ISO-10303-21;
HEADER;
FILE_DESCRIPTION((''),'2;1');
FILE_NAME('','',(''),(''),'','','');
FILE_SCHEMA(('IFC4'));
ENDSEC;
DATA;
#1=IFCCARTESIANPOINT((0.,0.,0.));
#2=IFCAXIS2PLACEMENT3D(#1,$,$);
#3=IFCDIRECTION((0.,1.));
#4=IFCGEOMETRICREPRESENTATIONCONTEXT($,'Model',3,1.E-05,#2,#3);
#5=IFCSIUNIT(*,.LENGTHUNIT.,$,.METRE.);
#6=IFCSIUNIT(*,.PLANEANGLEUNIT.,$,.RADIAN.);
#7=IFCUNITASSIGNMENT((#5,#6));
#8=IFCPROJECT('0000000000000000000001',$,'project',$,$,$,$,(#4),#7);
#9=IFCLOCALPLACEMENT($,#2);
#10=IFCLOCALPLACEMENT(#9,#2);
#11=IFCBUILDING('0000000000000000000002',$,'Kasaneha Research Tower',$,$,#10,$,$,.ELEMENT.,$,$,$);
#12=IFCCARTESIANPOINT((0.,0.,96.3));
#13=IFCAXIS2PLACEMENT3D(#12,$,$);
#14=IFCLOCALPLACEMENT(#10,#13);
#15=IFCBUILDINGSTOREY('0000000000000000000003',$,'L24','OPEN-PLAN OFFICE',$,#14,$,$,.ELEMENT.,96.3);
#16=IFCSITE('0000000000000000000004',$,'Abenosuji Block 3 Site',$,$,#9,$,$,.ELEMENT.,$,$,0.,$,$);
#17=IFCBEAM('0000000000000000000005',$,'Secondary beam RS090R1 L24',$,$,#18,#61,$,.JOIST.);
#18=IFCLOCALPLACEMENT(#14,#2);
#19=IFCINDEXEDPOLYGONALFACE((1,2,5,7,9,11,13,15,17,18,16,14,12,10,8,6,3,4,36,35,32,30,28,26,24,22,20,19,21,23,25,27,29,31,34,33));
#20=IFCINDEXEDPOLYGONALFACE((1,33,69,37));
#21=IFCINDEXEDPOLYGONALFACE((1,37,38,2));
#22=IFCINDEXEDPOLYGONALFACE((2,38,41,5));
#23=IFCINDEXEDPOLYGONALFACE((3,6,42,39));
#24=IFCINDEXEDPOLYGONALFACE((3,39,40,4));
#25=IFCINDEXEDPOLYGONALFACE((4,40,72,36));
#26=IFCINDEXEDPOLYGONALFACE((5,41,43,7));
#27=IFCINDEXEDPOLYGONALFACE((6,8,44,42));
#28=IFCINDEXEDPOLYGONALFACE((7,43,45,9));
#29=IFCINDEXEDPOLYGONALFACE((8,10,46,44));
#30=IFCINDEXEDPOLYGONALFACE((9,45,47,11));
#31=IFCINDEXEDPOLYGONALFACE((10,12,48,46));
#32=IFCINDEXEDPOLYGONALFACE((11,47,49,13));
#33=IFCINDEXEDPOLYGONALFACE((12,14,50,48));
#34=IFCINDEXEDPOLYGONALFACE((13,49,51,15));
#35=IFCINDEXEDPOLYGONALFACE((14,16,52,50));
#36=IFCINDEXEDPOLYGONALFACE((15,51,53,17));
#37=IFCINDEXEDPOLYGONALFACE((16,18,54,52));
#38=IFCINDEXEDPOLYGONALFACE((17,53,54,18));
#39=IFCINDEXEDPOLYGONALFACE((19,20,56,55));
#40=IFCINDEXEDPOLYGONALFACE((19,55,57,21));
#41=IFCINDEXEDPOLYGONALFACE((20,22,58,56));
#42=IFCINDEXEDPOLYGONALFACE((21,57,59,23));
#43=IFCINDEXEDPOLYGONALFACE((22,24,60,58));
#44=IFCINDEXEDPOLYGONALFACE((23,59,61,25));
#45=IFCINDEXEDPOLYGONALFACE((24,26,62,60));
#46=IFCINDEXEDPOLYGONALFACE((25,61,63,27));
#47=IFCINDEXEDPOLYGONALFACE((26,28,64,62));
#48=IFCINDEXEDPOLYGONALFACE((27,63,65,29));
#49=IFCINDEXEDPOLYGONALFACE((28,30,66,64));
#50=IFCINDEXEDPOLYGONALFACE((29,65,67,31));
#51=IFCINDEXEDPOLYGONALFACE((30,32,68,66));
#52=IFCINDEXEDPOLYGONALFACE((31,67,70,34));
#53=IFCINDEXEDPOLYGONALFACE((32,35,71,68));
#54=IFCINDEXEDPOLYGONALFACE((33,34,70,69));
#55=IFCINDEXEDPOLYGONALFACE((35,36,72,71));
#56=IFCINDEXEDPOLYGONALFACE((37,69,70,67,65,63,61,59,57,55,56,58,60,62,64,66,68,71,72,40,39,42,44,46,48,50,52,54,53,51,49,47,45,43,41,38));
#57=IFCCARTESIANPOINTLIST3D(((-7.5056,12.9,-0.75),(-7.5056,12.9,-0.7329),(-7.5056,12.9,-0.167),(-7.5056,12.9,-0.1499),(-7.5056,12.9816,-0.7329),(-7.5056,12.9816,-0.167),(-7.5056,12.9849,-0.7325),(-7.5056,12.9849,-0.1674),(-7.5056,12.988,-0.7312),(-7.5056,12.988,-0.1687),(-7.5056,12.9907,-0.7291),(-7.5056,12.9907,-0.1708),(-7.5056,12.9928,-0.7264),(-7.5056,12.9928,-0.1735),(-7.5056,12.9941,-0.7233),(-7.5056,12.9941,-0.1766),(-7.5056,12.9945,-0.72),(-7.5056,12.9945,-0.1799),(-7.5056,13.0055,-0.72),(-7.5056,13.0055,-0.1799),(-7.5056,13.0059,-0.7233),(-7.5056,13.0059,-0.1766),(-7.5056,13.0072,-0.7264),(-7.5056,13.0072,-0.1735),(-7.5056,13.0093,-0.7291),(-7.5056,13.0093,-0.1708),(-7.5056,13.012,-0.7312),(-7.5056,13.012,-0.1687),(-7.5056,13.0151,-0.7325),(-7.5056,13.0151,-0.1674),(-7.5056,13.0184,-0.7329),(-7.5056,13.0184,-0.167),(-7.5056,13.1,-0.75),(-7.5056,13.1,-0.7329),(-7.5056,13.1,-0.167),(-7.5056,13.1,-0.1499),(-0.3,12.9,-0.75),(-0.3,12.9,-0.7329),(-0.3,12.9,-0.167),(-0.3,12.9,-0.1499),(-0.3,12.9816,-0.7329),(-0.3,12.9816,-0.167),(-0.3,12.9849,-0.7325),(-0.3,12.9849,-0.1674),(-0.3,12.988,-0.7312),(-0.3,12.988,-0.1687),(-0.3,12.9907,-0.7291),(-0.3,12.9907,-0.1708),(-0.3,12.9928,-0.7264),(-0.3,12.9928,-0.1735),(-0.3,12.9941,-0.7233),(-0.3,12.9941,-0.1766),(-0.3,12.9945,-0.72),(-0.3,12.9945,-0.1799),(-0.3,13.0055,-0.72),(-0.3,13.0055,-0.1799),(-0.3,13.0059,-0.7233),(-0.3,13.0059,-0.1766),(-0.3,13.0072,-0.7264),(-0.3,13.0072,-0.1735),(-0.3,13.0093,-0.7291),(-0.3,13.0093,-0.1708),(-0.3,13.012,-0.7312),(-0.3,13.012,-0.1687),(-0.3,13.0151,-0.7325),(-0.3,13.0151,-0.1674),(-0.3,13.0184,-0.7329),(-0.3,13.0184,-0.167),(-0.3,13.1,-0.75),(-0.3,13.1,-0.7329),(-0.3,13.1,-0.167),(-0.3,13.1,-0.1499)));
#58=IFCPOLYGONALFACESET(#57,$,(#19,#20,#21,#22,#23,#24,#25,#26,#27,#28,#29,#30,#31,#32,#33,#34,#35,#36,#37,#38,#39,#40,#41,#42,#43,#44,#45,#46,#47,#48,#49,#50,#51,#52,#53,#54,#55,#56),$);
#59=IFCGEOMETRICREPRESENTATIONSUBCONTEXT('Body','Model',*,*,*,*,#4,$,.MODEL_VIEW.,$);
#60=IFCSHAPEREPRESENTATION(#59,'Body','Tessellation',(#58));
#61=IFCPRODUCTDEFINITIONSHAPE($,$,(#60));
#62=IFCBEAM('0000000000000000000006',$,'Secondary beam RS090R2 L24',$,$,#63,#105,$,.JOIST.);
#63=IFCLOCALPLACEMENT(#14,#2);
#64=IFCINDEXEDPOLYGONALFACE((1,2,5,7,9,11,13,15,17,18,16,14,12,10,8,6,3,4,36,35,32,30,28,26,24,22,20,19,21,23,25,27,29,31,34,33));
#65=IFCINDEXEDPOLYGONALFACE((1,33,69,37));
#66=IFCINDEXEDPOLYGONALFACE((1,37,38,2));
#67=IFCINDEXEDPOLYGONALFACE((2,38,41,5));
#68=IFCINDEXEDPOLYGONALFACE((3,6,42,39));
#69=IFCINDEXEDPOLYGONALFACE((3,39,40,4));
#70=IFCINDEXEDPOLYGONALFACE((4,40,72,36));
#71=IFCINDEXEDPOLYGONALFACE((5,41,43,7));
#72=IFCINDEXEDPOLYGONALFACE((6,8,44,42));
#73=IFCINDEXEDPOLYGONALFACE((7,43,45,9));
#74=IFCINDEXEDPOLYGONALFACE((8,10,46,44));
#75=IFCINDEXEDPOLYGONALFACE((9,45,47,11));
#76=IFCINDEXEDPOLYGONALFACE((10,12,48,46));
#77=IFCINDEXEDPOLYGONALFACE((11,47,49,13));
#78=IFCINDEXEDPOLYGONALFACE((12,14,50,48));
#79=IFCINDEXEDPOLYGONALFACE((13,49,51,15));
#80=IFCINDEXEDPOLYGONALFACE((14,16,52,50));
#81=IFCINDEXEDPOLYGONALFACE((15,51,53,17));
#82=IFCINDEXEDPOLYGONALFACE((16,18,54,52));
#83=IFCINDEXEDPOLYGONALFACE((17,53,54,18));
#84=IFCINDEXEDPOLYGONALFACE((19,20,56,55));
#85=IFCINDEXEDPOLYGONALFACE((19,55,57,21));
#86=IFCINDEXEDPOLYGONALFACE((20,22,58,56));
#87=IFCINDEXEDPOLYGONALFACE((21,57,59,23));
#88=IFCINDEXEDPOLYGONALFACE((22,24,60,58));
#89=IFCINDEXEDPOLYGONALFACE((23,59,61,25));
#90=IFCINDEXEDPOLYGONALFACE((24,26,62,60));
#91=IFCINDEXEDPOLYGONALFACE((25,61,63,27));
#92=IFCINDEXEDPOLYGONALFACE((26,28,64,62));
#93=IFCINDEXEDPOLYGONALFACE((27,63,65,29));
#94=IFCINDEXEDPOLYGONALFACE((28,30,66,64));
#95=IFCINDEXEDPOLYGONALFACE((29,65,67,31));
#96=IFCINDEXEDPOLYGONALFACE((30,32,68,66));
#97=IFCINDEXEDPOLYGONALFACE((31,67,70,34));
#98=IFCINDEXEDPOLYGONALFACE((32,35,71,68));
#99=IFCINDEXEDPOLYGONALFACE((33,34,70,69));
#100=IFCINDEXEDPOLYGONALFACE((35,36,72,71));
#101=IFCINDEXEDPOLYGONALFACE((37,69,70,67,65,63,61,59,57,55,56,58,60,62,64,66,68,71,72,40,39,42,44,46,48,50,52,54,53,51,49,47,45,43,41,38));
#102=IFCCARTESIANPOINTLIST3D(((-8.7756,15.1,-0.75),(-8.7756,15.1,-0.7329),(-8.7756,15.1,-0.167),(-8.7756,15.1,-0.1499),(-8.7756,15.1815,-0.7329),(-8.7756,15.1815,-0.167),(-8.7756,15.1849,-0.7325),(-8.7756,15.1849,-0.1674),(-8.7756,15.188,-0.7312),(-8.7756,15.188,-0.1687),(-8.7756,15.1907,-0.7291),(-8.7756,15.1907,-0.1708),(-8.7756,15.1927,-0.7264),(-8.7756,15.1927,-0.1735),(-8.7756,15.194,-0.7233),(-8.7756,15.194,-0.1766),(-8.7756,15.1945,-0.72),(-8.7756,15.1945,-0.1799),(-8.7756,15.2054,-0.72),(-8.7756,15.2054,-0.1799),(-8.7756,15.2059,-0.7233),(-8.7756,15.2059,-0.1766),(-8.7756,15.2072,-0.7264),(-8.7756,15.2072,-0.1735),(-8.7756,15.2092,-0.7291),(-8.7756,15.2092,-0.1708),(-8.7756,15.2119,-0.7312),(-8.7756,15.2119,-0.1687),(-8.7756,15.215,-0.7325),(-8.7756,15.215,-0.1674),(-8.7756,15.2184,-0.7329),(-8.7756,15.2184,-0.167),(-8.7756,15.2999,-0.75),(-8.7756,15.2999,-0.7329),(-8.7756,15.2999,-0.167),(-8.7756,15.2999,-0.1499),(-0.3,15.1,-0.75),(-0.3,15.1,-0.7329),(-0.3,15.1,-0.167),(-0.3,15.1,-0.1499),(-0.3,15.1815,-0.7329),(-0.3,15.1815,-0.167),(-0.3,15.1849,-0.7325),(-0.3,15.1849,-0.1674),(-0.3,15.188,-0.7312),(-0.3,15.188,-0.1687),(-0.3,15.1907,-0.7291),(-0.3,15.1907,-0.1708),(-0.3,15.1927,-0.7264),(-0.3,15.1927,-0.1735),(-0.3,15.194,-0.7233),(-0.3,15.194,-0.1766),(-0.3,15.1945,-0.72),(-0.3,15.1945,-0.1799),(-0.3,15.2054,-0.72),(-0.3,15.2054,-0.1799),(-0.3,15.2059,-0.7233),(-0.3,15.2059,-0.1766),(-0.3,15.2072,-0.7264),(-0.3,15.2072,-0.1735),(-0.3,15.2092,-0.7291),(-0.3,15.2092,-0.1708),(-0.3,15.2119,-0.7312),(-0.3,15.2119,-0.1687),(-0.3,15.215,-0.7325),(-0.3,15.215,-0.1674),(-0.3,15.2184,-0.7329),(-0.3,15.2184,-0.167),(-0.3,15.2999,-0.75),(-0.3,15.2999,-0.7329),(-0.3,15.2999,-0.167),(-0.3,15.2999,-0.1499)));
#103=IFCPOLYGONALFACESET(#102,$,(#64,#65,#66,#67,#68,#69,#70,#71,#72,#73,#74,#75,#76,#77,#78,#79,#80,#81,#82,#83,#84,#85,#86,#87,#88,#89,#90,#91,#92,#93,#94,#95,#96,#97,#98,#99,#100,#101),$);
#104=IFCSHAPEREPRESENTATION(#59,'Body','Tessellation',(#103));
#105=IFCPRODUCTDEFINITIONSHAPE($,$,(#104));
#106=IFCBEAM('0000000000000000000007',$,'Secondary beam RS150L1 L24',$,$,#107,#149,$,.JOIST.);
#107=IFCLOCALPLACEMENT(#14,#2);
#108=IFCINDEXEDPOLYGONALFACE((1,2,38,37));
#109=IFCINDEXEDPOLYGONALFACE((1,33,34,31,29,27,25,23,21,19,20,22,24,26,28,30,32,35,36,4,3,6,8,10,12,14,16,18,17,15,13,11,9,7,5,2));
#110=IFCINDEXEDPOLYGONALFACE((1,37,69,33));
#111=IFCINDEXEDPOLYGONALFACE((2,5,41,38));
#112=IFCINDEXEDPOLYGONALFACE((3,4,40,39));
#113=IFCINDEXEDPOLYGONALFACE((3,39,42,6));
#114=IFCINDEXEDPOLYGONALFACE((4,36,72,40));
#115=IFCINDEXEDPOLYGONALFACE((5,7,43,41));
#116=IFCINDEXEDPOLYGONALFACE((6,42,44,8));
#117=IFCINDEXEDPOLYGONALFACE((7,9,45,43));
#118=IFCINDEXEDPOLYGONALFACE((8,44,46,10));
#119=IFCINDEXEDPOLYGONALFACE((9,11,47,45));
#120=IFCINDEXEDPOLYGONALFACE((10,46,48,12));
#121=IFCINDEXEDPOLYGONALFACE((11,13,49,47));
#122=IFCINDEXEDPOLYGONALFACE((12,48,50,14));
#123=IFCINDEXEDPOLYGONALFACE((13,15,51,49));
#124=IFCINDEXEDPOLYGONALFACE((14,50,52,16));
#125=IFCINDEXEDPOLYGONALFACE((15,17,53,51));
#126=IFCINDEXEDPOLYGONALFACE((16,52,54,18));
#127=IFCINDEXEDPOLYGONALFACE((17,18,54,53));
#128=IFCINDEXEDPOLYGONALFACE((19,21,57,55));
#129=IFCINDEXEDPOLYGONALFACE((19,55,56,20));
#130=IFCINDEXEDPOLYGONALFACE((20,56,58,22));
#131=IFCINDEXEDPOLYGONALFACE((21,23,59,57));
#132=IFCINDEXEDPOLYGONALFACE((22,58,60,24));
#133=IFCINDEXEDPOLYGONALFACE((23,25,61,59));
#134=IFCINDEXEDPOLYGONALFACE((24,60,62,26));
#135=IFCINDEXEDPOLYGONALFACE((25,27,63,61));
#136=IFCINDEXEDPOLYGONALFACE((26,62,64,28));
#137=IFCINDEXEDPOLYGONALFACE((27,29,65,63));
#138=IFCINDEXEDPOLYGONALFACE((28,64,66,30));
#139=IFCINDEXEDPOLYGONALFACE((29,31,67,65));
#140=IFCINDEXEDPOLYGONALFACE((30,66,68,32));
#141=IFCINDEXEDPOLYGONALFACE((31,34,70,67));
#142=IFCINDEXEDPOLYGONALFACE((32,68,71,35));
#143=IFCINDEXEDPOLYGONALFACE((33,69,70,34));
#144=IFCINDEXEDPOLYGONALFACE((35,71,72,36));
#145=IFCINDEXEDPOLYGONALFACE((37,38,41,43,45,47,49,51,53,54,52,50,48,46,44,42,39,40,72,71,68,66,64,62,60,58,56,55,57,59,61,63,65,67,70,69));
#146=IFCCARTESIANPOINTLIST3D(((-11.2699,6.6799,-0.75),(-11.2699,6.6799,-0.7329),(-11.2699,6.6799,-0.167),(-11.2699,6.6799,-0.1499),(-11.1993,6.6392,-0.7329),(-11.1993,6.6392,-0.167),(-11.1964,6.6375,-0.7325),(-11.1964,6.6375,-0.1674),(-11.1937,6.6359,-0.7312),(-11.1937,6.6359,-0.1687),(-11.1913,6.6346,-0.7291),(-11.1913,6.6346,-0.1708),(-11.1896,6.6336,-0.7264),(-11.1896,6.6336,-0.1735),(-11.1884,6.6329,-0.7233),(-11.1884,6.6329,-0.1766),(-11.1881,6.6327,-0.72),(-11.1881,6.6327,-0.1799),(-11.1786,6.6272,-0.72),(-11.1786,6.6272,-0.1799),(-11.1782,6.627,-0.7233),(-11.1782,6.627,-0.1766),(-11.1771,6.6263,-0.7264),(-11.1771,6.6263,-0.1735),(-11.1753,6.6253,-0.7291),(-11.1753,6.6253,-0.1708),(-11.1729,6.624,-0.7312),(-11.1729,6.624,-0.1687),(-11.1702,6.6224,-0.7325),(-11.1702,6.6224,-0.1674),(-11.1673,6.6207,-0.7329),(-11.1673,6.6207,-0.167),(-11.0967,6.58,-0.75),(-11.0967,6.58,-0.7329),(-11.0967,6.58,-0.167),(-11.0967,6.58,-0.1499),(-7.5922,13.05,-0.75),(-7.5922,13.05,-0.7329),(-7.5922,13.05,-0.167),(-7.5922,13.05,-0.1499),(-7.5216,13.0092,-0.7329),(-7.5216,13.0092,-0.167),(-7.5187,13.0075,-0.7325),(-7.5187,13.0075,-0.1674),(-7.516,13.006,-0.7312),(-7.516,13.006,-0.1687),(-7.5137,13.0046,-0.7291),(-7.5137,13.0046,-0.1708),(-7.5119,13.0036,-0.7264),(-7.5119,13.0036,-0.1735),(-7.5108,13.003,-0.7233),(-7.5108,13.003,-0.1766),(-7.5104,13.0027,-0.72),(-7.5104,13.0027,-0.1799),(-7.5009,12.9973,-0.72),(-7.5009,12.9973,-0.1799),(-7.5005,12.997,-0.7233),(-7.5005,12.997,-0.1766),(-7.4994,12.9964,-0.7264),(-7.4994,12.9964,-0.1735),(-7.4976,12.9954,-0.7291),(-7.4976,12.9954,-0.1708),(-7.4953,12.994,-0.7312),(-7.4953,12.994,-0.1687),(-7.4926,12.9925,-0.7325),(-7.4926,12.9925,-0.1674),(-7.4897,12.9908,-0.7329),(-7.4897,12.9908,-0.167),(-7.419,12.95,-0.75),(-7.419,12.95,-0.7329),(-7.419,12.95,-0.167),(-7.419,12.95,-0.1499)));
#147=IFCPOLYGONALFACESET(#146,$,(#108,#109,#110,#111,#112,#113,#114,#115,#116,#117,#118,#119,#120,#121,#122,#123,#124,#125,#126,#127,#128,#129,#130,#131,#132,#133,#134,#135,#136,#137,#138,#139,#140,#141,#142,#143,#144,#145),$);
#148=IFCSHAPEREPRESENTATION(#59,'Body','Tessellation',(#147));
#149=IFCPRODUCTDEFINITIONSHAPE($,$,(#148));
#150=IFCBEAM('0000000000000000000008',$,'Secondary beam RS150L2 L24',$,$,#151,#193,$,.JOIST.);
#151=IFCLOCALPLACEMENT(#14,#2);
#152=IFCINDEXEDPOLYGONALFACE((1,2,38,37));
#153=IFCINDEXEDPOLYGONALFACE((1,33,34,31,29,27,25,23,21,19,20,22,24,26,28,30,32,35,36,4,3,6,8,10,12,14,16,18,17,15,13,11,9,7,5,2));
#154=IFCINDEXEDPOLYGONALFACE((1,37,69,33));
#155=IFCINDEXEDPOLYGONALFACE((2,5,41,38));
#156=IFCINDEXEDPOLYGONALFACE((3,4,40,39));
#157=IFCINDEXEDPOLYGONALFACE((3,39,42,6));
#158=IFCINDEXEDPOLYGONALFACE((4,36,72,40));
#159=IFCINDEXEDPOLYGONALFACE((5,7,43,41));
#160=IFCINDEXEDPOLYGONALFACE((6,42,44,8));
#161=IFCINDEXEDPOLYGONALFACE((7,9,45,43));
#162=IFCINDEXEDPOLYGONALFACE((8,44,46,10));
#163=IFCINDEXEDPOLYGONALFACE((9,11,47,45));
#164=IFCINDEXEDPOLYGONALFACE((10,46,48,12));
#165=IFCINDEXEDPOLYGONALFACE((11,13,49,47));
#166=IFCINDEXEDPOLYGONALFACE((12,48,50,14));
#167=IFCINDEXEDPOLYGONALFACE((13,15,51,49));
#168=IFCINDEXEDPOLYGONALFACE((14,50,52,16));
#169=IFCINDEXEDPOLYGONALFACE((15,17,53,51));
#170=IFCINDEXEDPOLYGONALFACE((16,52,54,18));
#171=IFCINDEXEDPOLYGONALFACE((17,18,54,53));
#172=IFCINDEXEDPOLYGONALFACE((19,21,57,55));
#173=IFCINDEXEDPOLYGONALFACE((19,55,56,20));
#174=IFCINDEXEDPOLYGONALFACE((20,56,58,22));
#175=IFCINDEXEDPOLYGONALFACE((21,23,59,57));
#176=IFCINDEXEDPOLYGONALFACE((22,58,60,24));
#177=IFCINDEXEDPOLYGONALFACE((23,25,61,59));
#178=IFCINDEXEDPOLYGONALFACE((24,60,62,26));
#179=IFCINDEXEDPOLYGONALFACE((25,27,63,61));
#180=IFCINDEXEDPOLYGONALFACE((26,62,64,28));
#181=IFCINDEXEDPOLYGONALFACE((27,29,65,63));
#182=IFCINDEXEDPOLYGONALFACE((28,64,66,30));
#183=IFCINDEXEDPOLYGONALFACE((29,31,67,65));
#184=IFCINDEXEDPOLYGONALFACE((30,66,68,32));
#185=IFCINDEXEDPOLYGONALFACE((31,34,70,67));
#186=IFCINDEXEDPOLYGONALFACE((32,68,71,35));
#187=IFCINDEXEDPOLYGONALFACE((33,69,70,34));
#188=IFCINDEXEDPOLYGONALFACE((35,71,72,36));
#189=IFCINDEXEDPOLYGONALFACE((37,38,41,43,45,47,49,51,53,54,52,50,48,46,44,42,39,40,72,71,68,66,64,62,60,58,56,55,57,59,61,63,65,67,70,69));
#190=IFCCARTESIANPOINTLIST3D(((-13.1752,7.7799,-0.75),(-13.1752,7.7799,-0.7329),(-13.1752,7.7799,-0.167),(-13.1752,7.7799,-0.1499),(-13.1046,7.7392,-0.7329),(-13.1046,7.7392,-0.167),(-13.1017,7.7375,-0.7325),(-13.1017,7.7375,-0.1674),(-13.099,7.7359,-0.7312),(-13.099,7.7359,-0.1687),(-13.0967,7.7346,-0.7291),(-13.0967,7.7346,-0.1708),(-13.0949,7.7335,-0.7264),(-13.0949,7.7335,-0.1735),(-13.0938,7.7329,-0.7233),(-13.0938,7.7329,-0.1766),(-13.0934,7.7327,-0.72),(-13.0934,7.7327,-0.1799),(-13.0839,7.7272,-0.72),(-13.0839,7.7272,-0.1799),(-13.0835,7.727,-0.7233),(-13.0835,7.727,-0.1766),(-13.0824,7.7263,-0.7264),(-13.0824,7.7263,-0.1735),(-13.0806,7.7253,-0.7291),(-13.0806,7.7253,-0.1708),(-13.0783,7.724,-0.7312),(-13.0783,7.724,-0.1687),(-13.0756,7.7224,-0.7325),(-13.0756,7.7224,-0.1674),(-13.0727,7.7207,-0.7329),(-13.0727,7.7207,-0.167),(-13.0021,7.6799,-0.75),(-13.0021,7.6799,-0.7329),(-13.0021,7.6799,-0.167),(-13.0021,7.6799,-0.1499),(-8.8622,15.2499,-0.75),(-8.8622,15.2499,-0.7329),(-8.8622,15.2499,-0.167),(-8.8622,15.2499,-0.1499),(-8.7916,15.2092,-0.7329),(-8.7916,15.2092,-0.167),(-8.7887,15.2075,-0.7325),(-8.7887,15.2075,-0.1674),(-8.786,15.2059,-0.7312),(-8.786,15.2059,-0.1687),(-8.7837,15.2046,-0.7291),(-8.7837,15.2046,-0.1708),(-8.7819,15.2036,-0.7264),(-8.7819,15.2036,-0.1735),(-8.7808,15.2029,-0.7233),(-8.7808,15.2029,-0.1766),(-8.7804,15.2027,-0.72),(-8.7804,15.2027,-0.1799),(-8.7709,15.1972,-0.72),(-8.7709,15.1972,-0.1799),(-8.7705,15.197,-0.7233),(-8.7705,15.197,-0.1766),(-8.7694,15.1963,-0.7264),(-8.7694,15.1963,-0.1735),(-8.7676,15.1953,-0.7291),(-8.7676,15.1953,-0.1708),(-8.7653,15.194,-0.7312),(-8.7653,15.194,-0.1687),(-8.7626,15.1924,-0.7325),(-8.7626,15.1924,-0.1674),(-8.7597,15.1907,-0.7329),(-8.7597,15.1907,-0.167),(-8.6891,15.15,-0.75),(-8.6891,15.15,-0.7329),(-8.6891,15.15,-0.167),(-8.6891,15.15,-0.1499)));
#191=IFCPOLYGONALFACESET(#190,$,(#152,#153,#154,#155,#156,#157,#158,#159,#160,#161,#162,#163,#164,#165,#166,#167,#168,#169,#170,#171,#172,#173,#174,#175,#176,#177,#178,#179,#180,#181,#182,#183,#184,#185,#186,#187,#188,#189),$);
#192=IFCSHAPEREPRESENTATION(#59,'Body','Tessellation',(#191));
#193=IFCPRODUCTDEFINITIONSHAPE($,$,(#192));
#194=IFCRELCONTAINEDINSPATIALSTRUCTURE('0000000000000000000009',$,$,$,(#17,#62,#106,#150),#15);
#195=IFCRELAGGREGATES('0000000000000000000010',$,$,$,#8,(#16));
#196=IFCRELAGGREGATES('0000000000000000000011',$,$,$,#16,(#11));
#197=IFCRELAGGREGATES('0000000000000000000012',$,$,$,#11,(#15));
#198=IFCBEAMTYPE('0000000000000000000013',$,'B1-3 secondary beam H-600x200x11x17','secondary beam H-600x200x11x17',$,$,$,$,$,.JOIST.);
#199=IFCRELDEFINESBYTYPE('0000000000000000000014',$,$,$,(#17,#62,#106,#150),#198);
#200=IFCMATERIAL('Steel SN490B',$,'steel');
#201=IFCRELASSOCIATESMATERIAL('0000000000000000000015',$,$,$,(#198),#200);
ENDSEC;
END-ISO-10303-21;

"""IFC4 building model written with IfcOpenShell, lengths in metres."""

from ifc_helpers import new_model, si_unit, direction, frame, origin, origin_2d, place, context, subcontext, project, spatial, i_section, extrude, material, material_profile, profile_set, type_object, element, save


model = new_model("IFC4")

# Units and contexts
model_context = context("Model", 3, precision=1e-05, world=origin(), true_north=direction((0.0, 1.0)))
body_context = subcontext(model_context, "Body", "Model", "MODEL_VIEW")
ifc_project = project(units=[si_unit("LENGTHUNIT", "METRE"), si_unit("PLANEANGLEUNIT", "RADIAN")], contexts=[model_context])

# Site, building, storey
site_placement = place(None, origin())
site = spatial("IfcSite", under=ifc_project, at=site_placement, Name="Abenosuji Block 3 Site", CompositionType="ELEMENT", RefElevation=0.0)
building_placement = place(site_placement, origin())
building = spatial("IfcBuilding", under=site, at=building_placement, Name="Kasaneha Research Tower", CompositionType="ELEMENT")
storey_placement = place(building_placement, frame((0.0, 0.0, 96.3)))
storey = spatial("IfcBuildingStorey", under=building, at=storey_placement, Name="L24", Description="OPEN-PLAN OFFICE", CompositionType="ELEMENT", Elevation=96.3)

# Beams
ifc_material_1 = material(Name="Steel SN490B", Category="steel")
ifc_material_profile_1 = material_profile(ifc_material_1, i_section(OverallWidth=0.2, OverallDepth=0.6001, WebThickness=0.011, FlangeThickness=0.0171, FilletRadius=0.0129, at=origin_2d()), Name="H-600x200x11x17")
ifc_profile_set_1 = profile_set([ifc_material_profile_1], Name="Steel SN490B")
beam_type_1 = type_object("IfcBeamType", Name="B1-3 secondary beam H-600x200x11x17", Description="secondary beam H-600x200x11x17", PredefinedType="JOIST", material=ifc_profile_set_1)
beam_1_placement = place(storey_placement, frame((-7.5056, 13.0, -0.45), z_axis=(1.0, 0.0, 0.0), x_axis=(0.0, 1.0, 0.0)))
element("IfcBeam", 1, at=beam_1_placement, inside=storey, type_object=beam_type_1, Name="Secondary beam RS090R1 L24", PredefinedType="JOIST", context=body_context, shape_type="SweptSolid", body=[
    extrude(i_section(OverallWidth=0.2, OverallDepth=0.6001, WebThickness=0.011, FlangeThickness=0.0171, FilletRadius=0.0129, at=origin_2d()), origin(), (0.0, 0.0, 1.0), 7.2056),
])
beam_2_placement = place(storey_placement, frame((-8.7756, 15.2, -0.45), z_axis=(1.0, 0.0, 0.0), x_axis=(0.0, 1.0, 0.0)))
element("IfcBeam", 2, at=beam_2_placement, inside=storey, type_object=beam_type_1, Name="Secondary beam RS090R2 L24", PredefinedType="JOIST", context=body_context, shape_type="SweptSolid", body=[
    extrude(i_section(OverallWidth=0.2, OverallDepth=0.6001, WebThickness=0.011, FlangeThickness=0.0171, FilletRadius=0.0129, at=origin_2d()), origin(), (0.0, 0.0, 1.0), 8.4756),
])
beam_3_placement = place(storey_placement, frame((-7.5056, 13.0, -0.45), z_axis=(-0.499994, -0.866029, 0.0), x_axis=(0.866029, -0.499994, 0.0)))
element("IfcBeam", 3, at=beam_3_placement, inside=storey, type_object=beam_type_1, Name="Secondary beam RS150L1 L24", PredefinedType="JOIST", context=body_context, shape_type="SweptSolid", body=[
    extrude(i_section(OverallWidth=0.2, OverallDepth=0.6001, WebThickness=0.011, FlangeThickness=0.0171, FilletRadius=0.0129, at=origin_2d()), origin(), (0.0, 0.0, 1.0), 7.3555),
])
beam_4_placement = place(storey_placement, frame((-8.7756, 15.2, -0.45), z_axis=(-0.500017, -0.866015, 0.0), x_axis=(0.866015, -0.500017, 0.0)))
element("IfcBeam", 4, at=beam_4_placement, inside=storey, type_object=beam_type_1, Name="Secondary beam RS150L2 L24", PredefinedType="JOIST", context=body_context, shape_type="SweptSolid", body=[
    extrude(i_section(OverallWidth=0.2, OverallDepth=0.6001, WebThickness=0.011, FlangeThickness=0.0171, FilletRadius=0.0129, at=origin_2d()), origin(), (0.0, 0.0, 1.0), 8.6257),
])

save(model, "model.ifc")
